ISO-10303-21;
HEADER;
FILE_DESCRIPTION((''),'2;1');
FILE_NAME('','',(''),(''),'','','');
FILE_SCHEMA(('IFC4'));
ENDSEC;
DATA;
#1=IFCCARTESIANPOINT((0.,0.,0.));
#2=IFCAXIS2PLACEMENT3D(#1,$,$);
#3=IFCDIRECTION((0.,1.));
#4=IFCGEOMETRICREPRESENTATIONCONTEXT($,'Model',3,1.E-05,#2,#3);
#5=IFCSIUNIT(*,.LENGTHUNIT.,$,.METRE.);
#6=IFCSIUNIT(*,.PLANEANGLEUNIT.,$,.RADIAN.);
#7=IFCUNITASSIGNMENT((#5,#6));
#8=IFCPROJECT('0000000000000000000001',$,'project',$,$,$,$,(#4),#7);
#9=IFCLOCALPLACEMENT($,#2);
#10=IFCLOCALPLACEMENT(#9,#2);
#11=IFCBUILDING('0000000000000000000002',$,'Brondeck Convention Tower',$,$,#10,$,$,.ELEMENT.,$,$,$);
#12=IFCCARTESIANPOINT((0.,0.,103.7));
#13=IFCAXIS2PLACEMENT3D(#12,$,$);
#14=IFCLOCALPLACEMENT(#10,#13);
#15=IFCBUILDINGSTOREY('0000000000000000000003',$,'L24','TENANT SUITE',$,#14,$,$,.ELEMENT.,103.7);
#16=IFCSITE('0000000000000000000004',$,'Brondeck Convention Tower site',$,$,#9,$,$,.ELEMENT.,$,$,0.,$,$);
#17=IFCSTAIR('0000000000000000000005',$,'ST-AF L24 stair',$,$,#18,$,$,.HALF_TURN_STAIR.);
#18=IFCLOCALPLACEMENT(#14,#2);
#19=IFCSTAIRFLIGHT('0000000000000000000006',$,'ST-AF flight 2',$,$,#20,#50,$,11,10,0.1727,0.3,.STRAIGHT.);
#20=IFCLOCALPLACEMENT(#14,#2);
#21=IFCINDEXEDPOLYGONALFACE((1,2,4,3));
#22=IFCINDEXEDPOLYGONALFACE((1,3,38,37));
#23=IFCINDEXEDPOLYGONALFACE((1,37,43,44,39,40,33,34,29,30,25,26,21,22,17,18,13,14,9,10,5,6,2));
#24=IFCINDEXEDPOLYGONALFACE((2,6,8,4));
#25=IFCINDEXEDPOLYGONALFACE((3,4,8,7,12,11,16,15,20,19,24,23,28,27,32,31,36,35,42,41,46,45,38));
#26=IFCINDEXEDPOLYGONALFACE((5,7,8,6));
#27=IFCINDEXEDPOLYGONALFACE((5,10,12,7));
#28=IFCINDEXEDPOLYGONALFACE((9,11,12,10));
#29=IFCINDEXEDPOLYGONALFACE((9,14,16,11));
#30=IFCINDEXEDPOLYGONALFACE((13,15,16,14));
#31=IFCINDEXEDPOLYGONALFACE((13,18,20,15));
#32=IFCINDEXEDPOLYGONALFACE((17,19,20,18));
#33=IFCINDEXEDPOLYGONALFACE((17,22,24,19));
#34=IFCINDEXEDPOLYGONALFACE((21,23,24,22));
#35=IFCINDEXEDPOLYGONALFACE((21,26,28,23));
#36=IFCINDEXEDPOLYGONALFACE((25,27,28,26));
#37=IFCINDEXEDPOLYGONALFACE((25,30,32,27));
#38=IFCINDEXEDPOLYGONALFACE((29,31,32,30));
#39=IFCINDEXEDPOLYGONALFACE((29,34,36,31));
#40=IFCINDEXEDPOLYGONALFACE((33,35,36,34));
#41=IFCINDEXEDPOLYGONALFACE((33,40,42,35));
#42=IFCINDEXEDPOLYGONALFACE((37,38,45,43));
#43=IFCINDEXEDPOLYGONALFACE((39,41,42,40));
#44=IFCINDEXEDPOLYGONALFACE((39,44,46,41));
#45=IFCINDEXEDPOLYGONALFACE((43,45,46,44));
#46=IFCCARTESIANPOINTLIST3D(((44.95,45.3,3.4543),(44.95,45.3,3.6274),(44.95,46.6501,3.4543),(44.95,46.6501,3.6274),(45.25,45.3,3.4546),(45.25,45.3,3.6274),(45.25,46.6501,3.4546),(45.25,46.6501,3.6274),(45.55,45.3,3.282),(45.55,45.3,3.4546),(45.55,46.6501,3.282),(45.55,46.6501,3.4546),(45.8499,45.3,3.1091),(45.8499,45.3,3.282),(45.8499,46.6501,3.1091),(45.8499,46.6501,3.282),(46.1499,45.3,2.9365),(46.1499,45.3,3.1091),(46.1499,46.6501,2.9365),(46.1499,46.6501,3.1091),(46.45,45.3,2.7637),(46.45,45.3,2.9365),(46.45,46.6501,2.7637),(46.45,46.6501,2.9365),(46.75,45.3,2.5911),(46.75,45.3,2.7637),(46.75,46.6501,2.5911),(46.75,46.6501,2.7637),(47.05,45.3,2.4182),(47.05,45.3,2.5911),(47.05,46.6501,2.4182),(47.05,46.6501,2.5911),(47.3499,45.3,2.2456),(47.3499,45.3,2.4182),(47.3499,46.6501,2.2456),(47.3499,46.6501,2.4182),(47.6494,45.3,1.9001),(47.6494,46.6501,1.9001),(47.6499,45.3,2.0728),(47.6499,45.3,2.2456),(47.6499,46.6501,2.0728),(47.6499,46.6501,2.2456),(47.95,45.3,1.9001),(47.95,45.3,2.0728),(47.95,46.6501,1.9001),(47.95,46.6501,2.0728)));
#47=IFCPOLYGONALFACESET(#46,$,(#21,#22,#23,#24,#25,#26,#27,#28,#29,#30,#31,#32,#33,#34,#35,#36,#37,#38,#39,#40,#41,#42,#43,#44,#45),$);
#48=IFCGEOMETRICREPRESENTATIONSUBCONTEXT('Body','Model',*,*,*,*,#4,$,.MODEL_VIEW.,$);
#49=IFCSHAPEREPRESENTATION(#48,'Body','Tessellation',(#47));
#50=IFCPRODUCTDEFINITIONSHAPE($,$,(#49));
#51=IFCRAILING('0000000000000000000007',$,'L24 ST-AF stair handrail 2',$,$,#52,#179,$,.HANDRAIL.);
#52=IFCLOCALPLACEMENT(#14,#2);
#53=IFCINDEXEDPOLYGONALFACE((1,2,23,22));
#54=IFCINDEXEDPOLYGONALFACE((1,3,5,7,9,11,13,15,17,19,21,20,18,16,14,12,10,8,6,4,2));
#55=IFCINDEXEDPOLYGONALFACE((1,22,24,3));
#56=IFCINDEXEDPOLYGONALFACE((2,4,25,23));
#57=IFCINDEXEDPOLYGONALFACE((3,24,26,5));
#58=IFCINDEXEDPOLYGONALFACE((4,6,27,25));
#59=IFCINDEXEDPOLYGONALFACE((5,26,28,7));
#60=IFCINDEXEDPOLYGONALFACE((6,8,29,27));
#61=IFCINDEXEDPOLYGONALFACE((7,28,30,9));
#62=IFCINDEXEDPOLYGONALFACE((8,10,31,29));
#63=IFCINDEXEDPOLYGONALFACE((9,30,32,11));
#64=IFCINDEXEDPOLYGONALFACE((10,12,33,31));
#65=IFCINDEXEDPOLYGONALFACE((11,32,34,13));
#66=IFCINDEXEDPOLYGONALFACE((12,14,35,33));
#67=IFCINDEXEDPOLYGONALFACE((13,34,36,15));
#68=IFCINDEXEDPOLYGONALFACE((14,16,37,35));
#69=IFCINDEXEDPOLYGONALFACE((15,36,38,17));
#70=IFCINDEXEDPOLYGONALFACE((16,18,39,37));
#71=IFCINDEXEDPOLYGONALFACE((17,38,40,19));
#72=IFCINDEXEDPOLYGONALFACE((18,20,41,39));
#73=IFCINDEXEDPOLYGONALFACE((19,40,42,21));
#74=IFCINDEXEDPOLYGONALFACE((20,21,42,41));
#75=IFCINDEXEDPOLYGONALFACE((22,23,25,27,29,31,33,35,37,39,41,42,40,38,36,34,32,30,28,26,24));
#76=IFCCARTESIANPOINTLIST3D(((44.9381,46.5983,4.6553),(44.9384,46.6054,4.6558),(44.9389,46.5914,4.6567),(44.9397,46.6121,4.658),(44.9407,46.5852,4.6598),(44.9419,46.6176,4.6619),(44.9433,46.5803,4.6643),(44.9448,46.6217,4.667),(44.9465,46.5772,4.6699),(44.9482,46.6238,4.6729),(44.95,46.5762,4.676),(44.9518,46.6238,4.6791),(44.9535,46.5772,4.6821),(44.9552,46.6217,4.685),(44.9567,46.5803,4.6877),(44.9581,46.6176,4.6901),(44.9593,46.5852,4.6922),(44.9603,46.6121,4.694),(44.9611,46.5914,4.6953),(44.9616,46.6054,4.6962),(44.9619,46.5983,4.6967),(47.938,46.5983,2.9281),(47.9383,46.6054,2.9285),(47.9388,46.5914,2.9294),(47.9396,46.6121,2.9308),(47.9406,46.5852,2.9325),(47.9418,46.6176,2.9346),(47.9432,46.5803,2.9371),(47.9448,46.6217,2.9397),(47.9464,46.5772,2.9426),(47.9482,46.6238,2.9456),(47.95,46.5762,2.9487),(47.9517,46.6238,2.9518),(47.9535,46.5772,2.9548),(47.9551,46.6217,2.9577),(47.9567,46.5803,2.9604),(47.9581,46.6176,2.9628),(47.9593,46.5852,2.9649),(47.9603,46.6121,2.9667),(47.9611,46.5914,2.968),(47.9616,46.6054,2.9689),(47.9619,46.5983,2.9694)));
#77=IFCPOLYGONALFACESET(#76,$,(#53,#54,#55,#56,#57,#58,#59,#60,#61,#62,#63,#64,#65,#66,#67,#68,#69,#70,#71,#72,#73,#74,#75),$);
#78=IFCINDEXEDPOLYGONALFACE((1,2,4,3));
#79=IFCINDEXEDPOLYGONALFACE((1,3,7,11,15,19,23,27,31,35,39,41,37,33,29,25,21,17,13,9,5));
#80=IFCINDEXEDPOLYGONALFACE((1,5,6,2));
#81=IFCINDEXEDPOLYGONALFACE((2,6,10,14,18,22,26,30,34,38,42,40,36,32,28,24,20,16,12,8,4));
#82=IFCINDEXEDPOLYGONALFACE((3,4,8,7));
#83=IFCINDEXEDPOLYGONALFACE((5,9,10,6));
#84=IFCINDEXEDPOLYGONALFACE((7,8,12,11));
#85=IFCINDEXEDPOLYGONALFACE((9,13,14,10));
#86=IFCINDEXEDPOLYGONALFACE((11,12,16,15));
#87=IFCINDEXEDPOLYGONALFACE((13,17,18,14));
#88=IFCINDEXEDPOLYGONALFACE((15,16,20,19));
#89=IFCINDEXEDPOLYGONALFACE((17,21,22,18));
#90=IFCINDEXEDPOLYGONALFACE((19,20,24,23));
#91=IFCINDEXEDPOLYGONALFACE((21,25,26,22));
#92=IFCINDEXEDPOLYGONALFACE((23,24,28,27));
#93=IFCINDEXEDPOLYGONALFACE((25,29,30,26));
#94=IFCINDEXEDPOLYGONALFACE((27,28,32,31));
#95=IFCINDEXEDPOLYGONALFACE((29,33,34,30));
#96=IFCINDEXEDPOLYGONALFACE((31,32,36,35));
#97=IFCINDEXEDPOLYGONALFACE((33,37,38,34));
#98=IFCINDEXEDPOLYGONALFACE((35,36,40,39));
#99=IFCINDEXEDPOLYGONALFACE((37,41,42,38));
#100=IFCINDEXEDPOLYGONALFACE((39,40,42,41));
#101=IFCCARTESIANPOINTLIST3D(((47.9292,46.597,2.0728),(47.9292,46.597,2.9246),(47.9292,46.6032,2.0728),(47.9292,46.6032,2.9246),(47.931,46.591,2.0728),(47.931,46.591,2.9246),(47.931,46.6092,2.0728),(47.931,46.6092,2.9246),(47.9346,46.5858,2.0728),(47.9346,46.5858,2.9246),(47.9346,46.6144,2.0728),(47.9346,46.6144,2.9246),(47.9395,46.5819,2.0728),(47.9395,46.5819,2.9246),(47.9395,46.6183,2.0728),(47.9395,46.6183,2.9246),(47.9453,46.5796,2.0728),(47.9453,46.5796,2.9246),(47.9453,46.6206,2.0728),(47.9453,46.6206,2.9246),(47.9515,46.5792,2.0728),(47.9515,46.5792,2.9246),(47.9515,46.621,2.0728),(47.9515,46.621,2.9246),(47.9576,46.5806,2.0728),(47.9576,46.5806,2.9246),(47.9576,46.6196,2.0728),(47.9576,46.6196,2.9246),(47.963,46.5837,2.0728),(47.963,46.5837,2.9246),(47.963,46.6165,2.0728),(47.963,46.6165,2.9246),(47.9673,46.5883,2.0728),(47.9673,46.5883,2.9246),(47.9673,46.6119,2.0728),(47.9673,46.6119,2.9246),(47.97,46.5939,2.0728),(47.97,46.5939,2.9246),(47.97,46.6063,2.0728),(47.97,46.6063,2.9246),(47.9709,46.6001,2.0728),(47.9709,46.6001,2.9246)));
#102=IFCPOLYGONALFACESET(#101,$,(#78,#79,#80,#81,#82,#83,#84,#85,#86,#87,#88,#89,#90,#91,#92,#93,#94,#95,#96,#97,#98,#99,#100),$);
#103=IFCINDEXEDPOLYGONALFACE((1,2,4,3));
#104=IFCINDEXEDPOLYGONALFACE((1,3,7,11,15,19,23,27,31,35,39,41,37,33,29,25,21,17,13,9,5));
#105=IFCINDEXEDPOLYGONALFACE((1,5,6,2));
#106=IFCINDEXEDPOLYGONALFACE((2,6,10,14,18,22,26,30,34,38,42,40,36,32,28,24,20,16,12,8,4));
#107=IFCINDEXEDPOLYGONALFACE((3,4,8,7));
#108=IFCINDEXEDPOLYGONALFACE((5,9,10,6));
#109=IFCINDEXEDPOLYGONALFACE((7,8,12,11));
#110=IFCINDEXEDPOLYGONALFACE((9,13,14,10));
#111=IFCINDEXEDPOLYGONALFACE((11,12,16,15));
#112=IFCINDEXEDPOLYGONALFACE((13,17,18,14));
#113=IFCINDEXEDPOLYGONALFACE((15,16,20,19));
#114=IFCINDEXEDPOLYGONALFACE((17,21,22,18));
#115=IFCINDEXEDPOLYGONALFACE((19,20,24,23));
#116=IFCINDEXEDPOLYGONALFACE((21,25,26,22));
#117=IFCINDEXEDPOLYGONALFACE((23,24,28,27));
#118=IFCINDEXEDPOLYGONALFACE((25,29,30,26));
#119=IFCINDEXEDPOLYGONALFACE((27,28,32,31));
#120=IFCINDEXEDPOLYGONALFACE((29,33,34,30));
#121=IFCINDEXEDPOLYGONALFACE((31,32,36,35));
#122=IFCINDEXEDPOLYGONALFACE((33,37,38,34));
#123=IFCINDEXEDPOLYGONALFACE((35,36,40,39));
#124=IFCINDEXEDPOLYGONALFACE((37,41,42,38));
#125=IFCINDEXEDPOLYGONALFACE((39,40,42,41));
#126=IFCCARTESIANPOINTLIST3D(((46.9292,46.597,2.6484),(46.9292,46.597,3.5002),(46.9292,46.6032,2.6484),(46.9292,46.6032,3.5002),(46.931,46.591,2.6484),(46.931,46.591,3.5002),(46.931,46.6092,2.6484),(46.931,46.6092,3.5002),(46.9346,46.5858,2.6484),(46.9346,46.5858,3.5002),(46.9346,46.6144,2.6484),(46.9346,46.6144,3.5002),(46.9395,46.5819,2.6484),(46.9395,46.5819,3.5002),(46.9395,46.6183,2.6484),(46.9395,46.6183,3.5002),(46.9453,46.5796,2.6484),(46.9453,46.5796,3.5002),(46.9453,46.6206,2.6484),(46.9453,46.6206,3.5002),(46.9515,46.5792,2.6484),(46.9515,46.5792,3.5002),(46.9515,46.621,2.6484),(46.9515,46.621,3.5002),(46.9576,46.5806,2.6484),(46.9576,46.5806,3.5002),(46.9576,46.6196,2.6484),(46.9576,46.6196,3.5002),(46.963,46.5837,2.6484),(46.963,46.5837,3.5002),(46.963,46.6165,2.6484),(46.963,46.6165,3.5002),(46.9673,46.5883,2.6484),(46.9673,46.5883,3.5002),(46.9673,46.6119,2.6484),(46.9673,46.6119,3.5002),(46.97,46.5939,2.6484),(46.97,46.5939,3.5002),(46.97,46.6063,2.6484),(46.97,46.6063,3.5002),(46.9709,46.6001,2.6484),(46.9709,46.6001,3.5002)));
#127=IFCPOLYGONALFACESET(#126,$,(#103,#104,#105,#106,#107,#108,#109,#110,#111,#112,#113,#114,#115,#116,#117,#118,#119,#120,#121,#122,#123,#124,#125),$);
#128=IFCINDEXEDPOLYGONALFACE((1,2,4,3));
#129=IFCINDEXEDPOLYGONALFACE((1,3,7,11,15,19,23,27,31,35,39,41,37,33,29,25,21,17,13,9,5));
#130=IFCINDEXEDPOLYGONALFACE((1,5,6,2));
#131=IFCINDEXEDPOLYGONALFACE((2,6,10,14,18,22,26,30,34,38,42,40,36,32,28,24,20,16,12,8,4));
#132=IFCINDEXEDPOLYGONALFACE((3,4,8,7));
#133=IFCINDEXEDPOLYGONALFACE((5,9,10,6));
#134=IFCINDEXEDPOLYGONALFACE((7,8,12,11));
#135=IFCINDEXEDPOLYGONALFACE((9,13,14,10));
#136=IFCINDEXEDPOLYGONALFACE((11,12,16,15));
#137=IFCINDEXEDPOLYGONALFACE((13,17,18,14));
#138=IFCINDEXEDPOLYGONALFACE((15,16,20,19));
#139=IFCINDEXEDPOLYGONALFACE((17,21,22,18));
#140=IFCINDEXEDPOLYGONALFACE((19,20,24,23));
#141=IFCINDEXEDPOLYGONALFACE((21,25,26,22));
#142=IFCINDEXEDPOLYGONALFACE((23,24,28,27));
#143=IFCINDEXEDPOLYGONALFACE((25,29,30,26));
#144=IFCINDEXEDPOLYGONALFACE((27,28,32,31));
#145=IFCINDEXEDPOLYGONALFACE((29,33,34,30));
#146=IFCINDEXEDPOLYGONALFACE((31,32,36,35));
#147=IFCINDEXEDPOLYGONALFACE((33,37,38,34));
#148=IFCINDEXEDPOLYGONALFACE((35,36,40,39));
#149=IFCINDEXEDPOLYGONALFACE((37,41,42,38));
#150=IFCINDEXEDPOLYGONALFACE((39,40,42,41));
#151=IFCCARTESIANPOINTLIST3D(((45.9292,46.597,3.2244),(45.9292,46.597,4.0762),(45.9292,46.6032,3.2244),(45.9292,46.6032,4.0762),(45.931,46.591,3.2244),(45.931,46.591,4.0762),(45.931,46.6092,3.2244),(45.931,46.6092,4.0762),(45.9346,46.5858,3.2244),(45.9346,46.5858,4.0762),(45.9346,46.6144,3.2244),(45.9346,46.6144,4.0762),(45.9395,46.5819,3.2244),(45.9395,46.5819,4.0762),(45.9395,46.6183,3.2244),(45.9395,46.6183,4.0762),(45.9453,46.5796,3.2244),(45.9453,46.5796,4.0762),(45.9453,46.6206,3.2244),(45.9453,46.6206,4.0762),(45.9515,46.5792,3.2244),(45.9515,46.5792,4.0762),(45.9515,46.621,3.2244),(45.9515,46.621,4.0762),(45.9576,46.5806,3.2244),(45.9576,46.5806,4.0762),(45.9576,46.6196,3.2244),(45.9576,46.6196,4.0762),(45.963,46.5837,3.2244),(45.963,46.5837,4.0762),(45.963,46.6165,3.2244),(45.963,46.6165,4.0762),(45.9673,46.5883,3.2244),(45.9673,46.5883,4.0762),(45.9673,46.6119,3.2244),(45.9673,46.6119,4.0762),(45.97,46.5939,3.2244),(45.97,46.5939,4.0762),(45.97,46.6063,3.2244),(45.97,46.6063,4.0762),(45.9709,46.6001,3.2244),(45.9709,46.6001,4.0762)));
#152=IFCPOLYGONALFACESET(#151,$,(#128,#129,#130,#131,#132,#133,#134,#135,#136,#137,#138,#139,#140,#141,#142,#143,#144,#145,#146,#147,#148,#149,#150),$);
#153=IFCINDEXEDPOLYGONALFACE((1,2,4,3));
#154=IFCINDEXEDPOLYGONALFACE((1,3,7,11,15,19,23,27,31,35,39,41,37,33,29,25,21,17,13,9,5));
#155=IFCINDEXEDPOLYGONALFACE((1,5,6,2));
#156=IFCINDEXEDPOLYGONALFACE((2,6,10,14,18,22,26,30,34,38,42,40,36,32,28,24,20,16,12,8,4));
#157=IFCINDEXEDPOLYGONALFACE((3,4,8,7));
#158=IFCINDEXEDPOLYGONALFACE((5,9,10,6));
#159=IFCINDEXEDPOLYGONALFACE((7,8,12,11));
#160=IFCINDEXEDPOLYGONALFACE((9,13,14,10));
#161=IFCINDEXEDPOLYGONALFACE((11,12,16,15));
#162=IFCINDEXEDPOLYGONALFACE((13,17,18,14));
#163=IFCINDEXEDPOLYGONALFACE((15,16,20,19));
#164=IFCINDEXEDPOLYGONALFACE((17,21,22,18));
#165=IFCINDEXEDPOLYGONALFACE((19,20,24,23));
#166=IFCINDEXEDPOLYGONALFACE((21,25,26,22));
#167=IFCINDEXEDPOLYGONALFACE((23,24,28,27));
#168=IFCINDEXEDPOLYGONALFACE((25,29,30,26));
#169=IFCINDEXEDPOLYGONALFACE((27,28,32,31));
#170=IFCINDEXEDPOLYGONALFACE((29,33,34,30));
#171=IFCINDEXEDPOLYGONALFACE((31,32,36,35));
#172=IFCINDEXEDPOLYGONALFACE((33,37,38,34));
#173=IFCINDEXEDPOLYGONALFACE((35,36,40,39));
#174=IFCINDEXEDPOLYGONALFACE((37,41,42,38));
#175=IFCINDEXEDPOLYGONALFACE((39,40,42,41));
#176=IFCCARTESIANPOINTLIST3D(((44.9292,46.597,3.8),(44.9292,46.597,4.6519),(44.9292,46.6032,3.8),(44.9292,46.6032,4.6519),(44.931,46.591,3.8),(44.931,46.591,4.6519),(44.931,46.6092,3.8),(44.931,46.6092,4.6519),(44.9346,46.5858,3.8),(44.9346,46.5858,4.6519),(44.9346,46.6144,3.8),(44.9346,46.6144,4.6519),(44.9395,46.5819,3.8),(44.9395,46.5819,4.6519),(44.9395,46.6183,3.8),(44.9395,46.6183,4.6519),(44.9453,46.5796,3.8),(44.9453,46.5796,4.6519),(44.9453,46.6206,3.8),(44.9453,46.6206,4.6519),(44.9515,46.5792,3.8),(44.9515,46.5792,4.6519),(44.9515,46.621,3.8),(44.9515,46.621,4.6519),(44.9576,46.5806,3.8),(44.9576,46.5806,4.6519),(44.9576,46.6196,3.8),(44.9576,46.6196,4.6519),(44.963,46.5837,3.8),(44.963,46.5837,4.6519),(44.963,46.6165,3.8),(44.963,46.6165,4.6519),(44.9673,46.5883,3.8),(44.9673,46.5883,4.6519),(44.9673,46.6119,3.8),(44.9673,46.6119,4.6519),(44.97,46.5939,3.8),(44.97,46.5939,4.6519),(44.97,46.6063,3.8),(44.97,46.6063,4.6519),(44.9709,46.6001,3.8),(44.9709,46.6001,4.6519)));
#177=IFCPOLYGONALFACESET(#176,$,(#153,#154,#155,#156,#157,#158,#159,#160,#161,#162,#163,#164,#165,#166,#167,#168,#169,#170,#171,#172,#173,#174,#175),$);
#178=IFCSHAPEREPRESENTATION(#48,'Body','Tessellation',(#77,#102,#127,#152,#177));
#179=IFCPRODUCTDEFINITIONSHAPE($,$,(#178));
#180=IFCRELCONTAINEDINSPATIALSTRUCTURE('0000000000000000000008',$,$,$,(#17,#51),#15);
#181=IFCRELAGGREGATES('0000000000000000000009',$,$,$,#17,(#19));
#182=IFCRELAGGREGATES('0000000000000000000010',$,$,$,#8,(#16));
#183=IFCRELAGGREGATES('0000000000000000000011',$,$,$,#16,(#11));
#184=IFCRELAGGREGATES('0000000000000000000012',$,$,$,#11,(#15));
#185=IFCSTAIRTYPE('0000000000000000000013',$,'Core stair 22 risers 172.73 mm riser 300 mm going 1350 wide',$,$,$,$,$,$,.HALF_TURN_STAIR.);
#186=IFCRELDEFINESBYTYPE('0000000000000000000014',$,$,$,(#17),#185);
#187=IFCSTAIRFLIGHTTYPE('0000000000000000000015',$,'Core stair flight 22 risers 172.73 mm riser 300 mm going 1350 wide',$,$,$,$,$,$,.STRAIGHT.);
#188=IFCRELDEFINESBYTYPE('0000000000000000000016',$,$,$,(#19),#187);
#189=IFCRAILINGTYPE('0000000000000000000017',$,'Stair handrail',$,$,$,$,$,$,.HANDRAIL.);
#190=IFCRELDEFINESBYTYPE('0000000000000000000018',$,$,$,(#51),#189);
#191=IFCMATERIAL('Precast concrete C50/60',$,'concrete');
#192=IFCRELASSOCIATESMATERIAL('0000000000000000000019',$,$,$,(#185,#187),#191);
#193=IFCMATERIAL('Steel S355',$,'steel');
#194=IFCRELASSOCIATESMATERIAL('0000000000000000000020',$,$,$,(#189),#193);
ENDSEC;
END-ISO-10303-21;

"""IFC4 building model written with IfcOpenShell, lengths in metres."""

from ifc_helpers import new_model, si_unit, direction, frame, origin, origin_2d, place, context, subcontext, project, spatial, polyline, circle, outline, extrude, material, type_object, element, aggregate, save


model = new_model("IFC4")

# Units and contexts
model_context = context("Model", 3, precision=1e-05, world=origin(), true_north=direction((0.0, 1.0)))
body_context = subcontext(model_context, "Body", "Model", "MODEL_VIEW")
ifc_project = project(units=[si_unit("LENGTHUNIT", "METRE"), si_unit("PLANEANGLEUNIT", "RADIAN")], contexts=[model_context])

# Site, building, storey
site_placement = place(None, origin())
site = spatial("IfcSite", under=ifc_project, at=site_placement, Name="Brondeck Convention Tower site", CompositionType="ELEMENT", RefElevation=0.0)
building_placement = place(site_placement, origin())
building = spatial("IfcBuilding", under=site, at=building_placement, Name="Brondeck Convention Tower", CompositionType="ELEMENT")
storey_placement = place(building_placement, frame((0.0, 0.0, 103.7)))
storey = spatial("IfcBuildingStorey", under=building, at=storey_placement, Name="L24", Description="TENANT SUITE", CompositionType="ELEMENT", Elevation=103.7)

# Shared definitions
ifc_material_1 = material(Name="Steel S355", Category="steel")

# Stair, stair flight
ifc_material_2 = material(Name="Precast concrete C50/60", Category="concrete")
stair_type = type_object("IfcStairType", Name="Core stair 22 risers 172.73 mm riser 300 mm going 1350 wide", PredefinedType="HALF_TURN_STAIR", material=ifc_material_2)
stair_placement = place(storey_placement, origin())
stair = element("IfcStair", 1, at=stair_placement, inside=storey, type_object=stair_type, Name="ST-AF L24 stair", PredefinedType="HALF_TURN_STAIR")
stair_flight_type = type_object("IfcStairFlightType", Name="Core stair flight 22 risers 172.73 mm riser 300 mm going 1350 wide", PredefinedType="STRAIGHT", material=ifc_material_2)
stair_flight_placement = place(storey_placement, frame((47.95, 45.9751, 1.9001), z_axis=(0.0, 0.0, 1.0), x_axis=(-1.0, 0.0, 0.0)))
stair_flight = element("IfcStairFlight", 2, at=stair_flight_placement, type_object=stair_flight_type, Name="ST-AF flight 2", NumberOfRisers=11, NumberOfTreads=10, PredefinedType="STRAIGHT", RiserHeight=0.1727, TreadLength=0.3, context=body_context, shape_type="SweptSolid", body=[
    extrude(outline(polyline([(0.0, 0.0), (0.0, 0.1726), (0.3, 0.1726), (0.3, 0.3455), (0.6001, 0.3455), (0.6001, 0.5181), (0.8999, 0.5181), (0.8999, 0.6909), (1.2, 0.6909), (1.2, 0.8635), (1.5, 0.8635), (1.5, 1.0364), (1.8, 1.0364), (1.8, 1.209), (2.1001, 1.209), (2.1001, 1.3818), (2.3999, 1.3818), (2.3999, 1.5544), (2.7, 1.5544), (2.7, 1.7273), (3.0, 1.7273), (3.0, 1.8999), (3.0, 1.5542), (0.3005, 0.0), (0.0, 0.0)])), frame((0.0, 0.675, 0.0), z_axis=(0.0, -1.0, 0.0), x_axis=(1.0, 0.0, 0.0)), (0.0, 0.0, 1.0), 1.3501),
])
aggregate(stair, [stair_flight])

# Railing
railing_type = type_object("IfcRailingType", Name="Stair handrail", PredefinedType="HANDRAIL", material=ifc_material_1)
railing_placement = place(storey_placement, frame((47.95, 46.6001, 2.0728)))
element("IfcRailing", 3, at=railing_placement, inside=storey, type_object=railing_type, Name="L24 ST-AF stair handrail 2", PredefinedType="HANDRAIL", context=body_context, shape_type="SweptSolid", body=[
    extrude(circle(Radius=0.0239, at=origin_2d()), frame((0.0, 0.0, 0.876), z_axis=(-0.86662, 0.0, 0.498969), x_axis=(0.0, -1.0, 0.0)), (0.0, 0.0, 1.0), 3.4617),
    extrude(circle(Radius=0.021, at=origin_2d()), origin(), (0.0, 0.0, 1.0), 0.8518),
    extrude(circle(Radius=0.021, at=origin_2d()), frame((-1.0, 0.0, 0.5757)), (0.0, 0.0, 1.0), 0.8518),
    extrude(circle(Radius=0.021, at=origin_2d()), frame((-2.0, 0.0, 1.1516)), (0.0, 0.0, 1.0), 0.8518),
    extrude(circle(Radius=0.021, at=origin_2d()), frame((-3.0, 0.0, 1.7273)), (0.0, 0.0, 1.0), 0.8518),
])

save(model, "model.ifc")
